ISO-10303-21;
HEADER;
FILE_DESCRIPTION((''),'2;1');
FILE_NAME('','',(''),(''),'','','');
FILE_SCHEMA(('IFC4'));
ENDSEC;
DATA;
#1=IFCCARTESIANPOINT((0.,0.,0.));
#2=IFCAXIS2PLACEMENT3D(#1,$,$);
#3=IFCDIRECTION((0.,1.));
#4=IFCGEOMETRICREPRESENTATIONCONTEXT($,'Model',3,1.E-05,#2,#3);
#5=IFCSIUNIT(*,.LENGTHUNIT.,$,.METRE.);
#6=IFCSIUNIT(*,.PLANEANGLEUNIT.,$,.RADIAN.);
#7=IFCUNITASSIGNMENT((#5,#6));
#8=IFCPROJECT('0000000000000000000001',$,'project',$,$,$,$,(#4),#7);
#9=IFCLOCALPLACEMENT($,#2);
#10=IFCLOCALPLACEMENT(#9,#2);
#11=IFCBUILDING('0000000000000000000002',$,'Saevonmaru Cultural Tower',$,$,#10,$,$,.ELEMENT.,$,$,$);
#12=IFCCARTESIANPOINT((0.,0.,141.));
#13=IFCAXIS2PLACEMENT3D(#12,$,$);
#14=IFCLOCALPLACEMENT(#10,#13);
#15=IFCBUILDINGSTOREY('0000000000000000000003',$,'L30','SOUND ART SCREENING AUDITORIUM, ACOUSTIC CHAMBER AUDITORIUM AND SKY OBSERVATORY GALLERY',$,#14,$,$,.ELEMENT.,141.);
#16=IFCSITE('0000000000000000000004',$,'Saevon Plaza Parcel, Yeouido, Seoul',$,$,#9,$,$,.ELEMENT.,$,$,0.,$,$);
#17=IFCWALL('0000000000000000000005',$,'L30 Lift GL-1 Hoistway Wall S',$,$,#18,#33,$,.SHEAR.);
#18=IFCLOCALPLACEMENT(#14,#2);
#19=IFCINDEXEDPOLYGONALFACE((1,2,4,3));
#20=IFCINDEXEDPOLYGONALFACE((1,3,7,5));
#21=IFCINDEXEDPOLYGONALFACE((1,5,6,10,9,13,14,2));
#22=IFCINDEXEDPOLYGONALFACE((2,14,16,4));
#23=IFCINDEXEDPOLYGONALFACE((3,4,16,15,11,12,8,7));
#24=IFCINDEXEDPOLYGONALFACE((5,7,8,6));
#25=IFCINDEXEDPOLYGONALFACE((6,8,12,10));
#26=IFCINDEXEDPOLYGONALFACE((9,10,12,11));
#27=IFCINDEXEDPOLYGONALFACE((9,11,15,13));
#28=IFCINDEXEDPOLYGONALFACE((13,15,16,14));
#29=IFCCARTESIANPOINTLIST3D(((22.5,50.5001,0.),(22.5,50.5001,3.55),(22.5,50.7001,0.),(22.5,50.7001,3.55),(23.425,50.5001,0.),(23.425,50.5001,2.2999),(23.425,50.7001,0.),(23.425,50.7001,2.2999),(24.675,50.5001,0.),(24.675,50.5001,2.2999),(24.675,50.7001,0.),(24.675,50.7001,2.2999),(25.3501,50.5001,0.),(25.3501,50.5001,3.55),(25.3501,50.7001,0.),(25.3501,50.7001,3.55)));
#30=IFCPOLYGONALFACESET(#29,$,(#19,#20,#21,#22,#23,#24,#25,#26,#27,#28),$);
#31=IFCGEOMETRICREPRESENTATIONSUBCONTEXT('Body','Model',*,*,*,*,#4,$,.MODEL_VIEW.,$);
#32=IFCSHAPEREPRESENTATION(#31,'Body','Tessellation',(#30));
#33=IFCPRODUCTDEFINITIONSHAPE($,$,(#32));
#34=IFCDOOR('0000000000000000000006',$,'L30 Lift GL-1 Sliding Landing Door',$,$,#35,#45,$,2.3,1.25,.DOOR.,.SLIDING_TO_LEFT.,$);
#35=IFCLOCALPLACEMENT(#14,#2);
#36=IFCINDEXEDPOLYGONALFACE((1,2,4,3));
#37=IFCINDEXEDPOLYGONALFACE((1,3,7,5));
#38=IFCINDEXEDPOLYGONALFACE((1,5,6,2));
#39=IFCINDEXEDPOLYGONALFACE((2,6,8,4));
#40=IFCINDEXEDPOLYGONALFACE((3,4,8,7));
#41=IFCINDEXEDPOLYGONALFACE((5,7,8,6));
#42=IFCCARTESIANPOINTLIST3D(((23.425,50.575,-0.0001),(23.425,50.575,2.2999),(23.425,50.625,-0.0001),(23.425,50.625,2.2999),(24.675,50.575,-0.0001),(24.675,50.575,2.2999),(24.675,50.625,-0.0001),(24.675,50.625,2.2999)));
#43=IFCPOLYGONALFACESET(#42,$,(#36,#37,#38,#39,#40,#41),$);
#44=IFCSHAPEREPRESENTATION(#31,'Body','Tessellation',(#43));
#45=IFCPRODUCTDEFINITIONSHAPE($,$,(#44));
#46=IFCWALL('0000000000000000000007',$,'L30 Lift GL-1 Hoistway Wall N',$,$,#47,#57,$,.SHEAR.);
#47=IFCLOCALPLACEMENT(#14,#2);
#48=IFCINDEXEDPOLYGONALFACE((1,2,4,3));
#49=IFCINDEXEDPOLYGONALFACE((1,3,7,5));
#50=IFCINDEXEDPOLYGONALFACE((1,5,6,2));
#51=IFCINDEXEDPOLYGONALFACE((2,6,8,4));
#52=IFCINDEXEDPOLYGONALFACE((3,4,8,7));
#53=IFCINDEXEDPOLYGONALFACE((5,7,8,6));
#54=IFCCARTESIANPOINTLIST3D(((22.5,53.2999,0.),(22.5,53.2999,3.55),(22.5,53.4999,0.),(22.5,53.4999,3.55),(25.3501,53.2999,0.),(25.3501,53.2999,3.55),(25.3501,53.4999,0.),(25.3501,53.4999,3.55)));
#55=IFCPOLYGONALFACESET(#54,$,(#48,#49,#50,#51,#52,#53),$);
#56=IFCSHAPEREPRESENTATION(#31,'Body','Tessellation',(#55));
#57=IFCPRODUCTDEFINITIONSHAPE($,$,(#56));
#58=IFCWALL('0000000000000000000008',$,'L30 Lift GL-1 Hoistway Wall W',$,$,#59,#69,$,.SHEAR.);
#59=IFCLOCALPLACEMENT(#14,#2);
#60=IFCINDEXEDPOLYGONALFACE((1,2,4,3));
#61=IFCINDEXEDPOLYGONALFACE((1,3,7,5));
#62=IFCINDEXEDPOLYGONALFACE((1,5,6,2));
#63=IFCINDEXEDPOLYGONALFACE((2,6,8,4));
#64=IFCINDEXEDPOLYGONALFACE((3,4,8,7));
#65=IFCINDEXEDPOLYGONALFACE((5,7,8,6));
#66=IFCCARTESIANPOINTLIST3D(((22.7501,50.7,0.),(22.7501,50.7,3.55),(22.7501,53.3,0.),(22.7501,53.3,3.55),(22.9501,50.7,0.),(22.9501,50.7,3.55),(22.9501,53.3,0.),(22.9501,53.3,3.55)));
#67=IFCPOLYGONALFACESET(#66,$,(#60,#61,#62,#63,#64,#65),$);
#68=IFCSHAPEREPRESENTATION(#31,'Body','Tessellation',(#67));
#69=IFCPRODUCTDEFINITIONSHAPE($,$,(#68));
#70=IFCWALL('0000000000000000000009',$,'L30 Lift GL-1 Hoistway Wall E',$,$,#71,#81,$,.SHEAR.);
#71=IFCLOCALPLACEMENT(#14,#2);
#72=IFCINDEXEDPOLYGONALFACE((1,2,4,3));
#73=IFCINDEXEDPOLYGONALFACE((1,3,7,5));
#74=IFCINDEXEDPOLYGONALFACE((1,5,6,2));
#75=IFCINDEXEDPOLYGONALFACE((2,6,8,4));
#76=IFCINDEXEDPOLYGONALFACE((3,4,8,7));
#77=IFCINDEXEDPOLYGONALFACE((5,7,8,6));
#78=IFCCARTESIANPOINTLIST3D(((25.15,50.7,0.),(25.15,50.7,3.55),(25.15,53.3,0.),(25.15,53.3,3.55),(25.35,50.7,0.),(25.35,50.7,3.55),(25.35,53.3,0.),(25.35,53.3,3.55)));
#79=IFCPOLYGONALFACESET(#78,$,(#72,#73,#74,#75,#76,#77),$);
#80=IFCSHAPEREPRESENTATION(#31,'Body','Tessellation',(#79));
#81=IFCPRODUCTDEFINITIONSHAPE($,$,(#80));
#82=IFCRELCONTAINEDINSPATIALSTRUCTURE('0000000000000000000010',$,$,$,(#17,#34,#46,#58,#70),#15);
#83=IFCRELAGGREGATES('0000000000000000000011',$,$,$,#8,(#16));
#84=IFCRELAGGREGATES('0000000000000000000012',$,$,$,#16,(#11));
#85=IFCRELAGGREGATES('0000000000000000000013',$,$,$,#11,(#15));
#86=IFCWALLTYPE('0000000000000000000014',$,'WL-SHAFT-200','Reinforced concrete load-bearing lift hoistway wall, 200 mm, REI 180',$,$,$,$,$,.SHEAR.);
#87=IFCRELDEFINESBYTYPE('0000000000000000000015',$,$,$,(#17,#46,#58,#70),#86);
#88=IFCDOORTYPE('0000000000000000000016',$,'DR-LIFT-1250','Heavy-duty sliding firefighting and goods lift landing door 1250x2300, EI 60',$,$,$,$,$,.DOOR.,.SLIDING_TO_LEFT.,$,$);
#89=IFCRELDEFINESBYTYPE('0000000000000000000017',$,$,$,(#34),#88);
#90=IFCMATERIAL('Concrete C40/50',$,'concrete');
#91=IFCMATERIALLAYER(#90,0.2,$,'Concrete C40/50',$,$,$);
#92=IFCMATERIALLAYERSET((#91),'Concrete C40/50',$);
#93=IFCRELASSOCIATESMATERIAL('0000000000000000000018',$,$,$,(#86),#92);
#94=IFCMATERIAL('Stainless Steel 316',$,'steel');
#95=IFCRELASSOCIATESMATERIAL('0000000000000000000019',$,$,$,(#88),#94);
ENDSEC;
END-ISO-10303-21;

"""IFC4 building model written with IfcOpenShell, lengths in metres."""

from ifc_helpers import new_model, si_unit, direction, frame, frame_2d, origin, place, context, subcontext, project, spatial, rectangle, extrude, material, layer, layer_set, type_object, element, fill, save


model = new_model("IFC4")

# Units and contexts
model_context = context("Model", 3, precision=1e-05, world=origin(), true_north=direction((0.0, 1.0)))
body_context = subcontext(model_context, "Body", "Model", "MODEL_VIEW")
ifc_project = project(units=[si_unit("LENGTHUNIT", "METRE"), si_unit("PLANEANGLEUNIT", "RADIAN")], contexts=[model_context])

# Site, building, storey
site_placement = place(None, origin())
site = spatial("IfcSite", under=ifc_project, at=site_placement, Name="Saevon Plaza Parcel, Yeouido, Seoul", CompositionType="ELEMENT", RefElevation=0.0)
building_placement = place(site_placement, origin())
building = spatial("IfcBuilding", under=site, at=building_placement, Name="Saevonmaru Cultural Tower", CompositionType="ELEMENT")
storey_placement = place(building_placement, frame((0.0, 0.0, 141.0)))
storey = spatial("IfcBuildingStorey", under=building, at=storey_placement, Name="L30", Description="SOUND ART SCREENING AUDITORIUM, ACOUSTIC CHAMBER AUDITORIUM AND SKY OBSERVATORY GALLERY", CompositionType="ELEMENT", Elevation=141.0)

# Shared definitions
ifc_material_1 = material(Name="Concrete C40/50", Category="concrete")
ifc_layer_1 = layer(ifc_material_1, 0.2, Name="Concrete C40/50")
ifc_layer_set_1 = layer_set([ifc_layer_1], Name="Concrete C40/50")
wall_type_1 = type_object("IfcWallType", Name="WL-SHAFT-200", Description="Reinforced concrete load-bearing lift hoistway wall, 200 mm, REI 180", PredefinedType="SHEAR", material=ifc_layer_set_1)

# Wall, opening, door
wall_1_placement = place(storey_placement, frame((22.5, 50.6001, 0.0), z_axis=(0.0, 0.0, 1.0), x_axis=(1.0, 0.0, 0.0)))
wall_1 = element("IfcWall", 1, at=wall_1_placement, inside=storey, type_object=wall_type_1, Name="L30 Lift GL-1 Hoistway Wall S", PredefinedType="SHEAR", context=body_context, shape_type="SweptSolid", body=[
    extrude(rectangle(XDim=2.8501, YDim=0.2, at=frame_2d((1.425, 0.0))), origin(), (0.0, 0.0, 1.0), 3.55),
])
opening_placement = place(wall_1_placement, frame((0.925, 0.0, 0.0)))
opening = element("IfcOpeningElement", 2, at=opening_placement, cuts=wall_1, PredefinedType="OPENING", context=body_context, shape_type="SweptSolid", body=[
    extrude(rectangle(XDim=1.25, YDim=2.3, at=frame_2d((0.625, 1.1499))), frame((0.0, 0.1099, 0.0), z_axis=(0.0, -1.0, 0.0), x_axis=(1.0, 0.0, 0.0)), (0.0, 0.0, 1.0), 0.22),
])
ifc_material_2 = material(Name="Stainless Steel 316", Category="steel")
door_type = type_object("IfcDoorType", Name="DR-LIFT-1250", Description="Heavy-duty sliding firefighting and goods lift landing door 1250x2300, EI 60", OperationType="SLIDING_TO_LEFT", PredefinedType="DOOR", material=ifc_material_2)
door_placement = place(opening_placement, origin())
door = element("IfcDoor", 3, at=door_placement, inside=storey, type_object=door_type, Name="L30 Lift GL-1 Sliding Landing Door", OperationType="SLIDING_TO_LEFT", OverallHeight=2.3, OverallWidth=1.25, PredefinedType="DOOR", context=body_context, shape_type="SweptSolid", body=[
    extrude(rectangle(XDim=1.25, YDim=2.3, at=frame_2d((0.625, 1.1499))), frame((0.0, 0.0249, 0.0), z_axis=(0.0, -1.0, 0.0), x_axis=(1.0, 0.0, 0.0)), (0.0, 0.0, 1.0), 0.05),
])
fill(opening, door)

# Walls
wall_2_placement = place(storey_placement, frame((22.5, 53.3999, 0.0), z_axis=(0.0, 0.0, 1.0), x_axis=(1.0, 0.0, 0.0)))
element("IfcWall", 4, at=wall_2_placement, inside=storey, type_object=wall_type_1, Name="L30 Lift GL-1 Hoistway Wall N", PredefinedType="SHEAR", context=body_context, shape_type="SweptSolid", body=[
    extrude(rectangle(XDim=2.8501, YDim=0.2, at=frame_2d((1.425, 0.0))), origin(), (0.0, 0.0, 1.0), 3.55),
])
for number, where, z_axis, x_axis, name in (
    (5, (22.8501, 50.7, 0.0), (0.0, 0.0, 1.0), (0.0, 1.0, 0.0), "L30 Lift GL-1 Hoistway Wall W"),
    (6, (25.25, 50.7, 0.0), (0.0, 0.0, 1.0), (0.0, 1.0, 0.0), "L30 Lift GL-1 Hoistway Wall E"),
):
    element("IfcWall", number, at=place(storey_placement, frame(where, z_axis=z_axis, x_axis=x_axis)), inside=storey, type_object=wall_type_1, Name=name, PredefinedType="SHEAR", context=body_context, shape_type="SweptSolid", body=[
        extrude(rectangle(XDim=2.6001, YDim=0.2, at=frame_2d((1.3, 0.0))), origin(), (0.0, 0.0, 1.0), 3.55),
    ])

save(model, "model.ifc")
